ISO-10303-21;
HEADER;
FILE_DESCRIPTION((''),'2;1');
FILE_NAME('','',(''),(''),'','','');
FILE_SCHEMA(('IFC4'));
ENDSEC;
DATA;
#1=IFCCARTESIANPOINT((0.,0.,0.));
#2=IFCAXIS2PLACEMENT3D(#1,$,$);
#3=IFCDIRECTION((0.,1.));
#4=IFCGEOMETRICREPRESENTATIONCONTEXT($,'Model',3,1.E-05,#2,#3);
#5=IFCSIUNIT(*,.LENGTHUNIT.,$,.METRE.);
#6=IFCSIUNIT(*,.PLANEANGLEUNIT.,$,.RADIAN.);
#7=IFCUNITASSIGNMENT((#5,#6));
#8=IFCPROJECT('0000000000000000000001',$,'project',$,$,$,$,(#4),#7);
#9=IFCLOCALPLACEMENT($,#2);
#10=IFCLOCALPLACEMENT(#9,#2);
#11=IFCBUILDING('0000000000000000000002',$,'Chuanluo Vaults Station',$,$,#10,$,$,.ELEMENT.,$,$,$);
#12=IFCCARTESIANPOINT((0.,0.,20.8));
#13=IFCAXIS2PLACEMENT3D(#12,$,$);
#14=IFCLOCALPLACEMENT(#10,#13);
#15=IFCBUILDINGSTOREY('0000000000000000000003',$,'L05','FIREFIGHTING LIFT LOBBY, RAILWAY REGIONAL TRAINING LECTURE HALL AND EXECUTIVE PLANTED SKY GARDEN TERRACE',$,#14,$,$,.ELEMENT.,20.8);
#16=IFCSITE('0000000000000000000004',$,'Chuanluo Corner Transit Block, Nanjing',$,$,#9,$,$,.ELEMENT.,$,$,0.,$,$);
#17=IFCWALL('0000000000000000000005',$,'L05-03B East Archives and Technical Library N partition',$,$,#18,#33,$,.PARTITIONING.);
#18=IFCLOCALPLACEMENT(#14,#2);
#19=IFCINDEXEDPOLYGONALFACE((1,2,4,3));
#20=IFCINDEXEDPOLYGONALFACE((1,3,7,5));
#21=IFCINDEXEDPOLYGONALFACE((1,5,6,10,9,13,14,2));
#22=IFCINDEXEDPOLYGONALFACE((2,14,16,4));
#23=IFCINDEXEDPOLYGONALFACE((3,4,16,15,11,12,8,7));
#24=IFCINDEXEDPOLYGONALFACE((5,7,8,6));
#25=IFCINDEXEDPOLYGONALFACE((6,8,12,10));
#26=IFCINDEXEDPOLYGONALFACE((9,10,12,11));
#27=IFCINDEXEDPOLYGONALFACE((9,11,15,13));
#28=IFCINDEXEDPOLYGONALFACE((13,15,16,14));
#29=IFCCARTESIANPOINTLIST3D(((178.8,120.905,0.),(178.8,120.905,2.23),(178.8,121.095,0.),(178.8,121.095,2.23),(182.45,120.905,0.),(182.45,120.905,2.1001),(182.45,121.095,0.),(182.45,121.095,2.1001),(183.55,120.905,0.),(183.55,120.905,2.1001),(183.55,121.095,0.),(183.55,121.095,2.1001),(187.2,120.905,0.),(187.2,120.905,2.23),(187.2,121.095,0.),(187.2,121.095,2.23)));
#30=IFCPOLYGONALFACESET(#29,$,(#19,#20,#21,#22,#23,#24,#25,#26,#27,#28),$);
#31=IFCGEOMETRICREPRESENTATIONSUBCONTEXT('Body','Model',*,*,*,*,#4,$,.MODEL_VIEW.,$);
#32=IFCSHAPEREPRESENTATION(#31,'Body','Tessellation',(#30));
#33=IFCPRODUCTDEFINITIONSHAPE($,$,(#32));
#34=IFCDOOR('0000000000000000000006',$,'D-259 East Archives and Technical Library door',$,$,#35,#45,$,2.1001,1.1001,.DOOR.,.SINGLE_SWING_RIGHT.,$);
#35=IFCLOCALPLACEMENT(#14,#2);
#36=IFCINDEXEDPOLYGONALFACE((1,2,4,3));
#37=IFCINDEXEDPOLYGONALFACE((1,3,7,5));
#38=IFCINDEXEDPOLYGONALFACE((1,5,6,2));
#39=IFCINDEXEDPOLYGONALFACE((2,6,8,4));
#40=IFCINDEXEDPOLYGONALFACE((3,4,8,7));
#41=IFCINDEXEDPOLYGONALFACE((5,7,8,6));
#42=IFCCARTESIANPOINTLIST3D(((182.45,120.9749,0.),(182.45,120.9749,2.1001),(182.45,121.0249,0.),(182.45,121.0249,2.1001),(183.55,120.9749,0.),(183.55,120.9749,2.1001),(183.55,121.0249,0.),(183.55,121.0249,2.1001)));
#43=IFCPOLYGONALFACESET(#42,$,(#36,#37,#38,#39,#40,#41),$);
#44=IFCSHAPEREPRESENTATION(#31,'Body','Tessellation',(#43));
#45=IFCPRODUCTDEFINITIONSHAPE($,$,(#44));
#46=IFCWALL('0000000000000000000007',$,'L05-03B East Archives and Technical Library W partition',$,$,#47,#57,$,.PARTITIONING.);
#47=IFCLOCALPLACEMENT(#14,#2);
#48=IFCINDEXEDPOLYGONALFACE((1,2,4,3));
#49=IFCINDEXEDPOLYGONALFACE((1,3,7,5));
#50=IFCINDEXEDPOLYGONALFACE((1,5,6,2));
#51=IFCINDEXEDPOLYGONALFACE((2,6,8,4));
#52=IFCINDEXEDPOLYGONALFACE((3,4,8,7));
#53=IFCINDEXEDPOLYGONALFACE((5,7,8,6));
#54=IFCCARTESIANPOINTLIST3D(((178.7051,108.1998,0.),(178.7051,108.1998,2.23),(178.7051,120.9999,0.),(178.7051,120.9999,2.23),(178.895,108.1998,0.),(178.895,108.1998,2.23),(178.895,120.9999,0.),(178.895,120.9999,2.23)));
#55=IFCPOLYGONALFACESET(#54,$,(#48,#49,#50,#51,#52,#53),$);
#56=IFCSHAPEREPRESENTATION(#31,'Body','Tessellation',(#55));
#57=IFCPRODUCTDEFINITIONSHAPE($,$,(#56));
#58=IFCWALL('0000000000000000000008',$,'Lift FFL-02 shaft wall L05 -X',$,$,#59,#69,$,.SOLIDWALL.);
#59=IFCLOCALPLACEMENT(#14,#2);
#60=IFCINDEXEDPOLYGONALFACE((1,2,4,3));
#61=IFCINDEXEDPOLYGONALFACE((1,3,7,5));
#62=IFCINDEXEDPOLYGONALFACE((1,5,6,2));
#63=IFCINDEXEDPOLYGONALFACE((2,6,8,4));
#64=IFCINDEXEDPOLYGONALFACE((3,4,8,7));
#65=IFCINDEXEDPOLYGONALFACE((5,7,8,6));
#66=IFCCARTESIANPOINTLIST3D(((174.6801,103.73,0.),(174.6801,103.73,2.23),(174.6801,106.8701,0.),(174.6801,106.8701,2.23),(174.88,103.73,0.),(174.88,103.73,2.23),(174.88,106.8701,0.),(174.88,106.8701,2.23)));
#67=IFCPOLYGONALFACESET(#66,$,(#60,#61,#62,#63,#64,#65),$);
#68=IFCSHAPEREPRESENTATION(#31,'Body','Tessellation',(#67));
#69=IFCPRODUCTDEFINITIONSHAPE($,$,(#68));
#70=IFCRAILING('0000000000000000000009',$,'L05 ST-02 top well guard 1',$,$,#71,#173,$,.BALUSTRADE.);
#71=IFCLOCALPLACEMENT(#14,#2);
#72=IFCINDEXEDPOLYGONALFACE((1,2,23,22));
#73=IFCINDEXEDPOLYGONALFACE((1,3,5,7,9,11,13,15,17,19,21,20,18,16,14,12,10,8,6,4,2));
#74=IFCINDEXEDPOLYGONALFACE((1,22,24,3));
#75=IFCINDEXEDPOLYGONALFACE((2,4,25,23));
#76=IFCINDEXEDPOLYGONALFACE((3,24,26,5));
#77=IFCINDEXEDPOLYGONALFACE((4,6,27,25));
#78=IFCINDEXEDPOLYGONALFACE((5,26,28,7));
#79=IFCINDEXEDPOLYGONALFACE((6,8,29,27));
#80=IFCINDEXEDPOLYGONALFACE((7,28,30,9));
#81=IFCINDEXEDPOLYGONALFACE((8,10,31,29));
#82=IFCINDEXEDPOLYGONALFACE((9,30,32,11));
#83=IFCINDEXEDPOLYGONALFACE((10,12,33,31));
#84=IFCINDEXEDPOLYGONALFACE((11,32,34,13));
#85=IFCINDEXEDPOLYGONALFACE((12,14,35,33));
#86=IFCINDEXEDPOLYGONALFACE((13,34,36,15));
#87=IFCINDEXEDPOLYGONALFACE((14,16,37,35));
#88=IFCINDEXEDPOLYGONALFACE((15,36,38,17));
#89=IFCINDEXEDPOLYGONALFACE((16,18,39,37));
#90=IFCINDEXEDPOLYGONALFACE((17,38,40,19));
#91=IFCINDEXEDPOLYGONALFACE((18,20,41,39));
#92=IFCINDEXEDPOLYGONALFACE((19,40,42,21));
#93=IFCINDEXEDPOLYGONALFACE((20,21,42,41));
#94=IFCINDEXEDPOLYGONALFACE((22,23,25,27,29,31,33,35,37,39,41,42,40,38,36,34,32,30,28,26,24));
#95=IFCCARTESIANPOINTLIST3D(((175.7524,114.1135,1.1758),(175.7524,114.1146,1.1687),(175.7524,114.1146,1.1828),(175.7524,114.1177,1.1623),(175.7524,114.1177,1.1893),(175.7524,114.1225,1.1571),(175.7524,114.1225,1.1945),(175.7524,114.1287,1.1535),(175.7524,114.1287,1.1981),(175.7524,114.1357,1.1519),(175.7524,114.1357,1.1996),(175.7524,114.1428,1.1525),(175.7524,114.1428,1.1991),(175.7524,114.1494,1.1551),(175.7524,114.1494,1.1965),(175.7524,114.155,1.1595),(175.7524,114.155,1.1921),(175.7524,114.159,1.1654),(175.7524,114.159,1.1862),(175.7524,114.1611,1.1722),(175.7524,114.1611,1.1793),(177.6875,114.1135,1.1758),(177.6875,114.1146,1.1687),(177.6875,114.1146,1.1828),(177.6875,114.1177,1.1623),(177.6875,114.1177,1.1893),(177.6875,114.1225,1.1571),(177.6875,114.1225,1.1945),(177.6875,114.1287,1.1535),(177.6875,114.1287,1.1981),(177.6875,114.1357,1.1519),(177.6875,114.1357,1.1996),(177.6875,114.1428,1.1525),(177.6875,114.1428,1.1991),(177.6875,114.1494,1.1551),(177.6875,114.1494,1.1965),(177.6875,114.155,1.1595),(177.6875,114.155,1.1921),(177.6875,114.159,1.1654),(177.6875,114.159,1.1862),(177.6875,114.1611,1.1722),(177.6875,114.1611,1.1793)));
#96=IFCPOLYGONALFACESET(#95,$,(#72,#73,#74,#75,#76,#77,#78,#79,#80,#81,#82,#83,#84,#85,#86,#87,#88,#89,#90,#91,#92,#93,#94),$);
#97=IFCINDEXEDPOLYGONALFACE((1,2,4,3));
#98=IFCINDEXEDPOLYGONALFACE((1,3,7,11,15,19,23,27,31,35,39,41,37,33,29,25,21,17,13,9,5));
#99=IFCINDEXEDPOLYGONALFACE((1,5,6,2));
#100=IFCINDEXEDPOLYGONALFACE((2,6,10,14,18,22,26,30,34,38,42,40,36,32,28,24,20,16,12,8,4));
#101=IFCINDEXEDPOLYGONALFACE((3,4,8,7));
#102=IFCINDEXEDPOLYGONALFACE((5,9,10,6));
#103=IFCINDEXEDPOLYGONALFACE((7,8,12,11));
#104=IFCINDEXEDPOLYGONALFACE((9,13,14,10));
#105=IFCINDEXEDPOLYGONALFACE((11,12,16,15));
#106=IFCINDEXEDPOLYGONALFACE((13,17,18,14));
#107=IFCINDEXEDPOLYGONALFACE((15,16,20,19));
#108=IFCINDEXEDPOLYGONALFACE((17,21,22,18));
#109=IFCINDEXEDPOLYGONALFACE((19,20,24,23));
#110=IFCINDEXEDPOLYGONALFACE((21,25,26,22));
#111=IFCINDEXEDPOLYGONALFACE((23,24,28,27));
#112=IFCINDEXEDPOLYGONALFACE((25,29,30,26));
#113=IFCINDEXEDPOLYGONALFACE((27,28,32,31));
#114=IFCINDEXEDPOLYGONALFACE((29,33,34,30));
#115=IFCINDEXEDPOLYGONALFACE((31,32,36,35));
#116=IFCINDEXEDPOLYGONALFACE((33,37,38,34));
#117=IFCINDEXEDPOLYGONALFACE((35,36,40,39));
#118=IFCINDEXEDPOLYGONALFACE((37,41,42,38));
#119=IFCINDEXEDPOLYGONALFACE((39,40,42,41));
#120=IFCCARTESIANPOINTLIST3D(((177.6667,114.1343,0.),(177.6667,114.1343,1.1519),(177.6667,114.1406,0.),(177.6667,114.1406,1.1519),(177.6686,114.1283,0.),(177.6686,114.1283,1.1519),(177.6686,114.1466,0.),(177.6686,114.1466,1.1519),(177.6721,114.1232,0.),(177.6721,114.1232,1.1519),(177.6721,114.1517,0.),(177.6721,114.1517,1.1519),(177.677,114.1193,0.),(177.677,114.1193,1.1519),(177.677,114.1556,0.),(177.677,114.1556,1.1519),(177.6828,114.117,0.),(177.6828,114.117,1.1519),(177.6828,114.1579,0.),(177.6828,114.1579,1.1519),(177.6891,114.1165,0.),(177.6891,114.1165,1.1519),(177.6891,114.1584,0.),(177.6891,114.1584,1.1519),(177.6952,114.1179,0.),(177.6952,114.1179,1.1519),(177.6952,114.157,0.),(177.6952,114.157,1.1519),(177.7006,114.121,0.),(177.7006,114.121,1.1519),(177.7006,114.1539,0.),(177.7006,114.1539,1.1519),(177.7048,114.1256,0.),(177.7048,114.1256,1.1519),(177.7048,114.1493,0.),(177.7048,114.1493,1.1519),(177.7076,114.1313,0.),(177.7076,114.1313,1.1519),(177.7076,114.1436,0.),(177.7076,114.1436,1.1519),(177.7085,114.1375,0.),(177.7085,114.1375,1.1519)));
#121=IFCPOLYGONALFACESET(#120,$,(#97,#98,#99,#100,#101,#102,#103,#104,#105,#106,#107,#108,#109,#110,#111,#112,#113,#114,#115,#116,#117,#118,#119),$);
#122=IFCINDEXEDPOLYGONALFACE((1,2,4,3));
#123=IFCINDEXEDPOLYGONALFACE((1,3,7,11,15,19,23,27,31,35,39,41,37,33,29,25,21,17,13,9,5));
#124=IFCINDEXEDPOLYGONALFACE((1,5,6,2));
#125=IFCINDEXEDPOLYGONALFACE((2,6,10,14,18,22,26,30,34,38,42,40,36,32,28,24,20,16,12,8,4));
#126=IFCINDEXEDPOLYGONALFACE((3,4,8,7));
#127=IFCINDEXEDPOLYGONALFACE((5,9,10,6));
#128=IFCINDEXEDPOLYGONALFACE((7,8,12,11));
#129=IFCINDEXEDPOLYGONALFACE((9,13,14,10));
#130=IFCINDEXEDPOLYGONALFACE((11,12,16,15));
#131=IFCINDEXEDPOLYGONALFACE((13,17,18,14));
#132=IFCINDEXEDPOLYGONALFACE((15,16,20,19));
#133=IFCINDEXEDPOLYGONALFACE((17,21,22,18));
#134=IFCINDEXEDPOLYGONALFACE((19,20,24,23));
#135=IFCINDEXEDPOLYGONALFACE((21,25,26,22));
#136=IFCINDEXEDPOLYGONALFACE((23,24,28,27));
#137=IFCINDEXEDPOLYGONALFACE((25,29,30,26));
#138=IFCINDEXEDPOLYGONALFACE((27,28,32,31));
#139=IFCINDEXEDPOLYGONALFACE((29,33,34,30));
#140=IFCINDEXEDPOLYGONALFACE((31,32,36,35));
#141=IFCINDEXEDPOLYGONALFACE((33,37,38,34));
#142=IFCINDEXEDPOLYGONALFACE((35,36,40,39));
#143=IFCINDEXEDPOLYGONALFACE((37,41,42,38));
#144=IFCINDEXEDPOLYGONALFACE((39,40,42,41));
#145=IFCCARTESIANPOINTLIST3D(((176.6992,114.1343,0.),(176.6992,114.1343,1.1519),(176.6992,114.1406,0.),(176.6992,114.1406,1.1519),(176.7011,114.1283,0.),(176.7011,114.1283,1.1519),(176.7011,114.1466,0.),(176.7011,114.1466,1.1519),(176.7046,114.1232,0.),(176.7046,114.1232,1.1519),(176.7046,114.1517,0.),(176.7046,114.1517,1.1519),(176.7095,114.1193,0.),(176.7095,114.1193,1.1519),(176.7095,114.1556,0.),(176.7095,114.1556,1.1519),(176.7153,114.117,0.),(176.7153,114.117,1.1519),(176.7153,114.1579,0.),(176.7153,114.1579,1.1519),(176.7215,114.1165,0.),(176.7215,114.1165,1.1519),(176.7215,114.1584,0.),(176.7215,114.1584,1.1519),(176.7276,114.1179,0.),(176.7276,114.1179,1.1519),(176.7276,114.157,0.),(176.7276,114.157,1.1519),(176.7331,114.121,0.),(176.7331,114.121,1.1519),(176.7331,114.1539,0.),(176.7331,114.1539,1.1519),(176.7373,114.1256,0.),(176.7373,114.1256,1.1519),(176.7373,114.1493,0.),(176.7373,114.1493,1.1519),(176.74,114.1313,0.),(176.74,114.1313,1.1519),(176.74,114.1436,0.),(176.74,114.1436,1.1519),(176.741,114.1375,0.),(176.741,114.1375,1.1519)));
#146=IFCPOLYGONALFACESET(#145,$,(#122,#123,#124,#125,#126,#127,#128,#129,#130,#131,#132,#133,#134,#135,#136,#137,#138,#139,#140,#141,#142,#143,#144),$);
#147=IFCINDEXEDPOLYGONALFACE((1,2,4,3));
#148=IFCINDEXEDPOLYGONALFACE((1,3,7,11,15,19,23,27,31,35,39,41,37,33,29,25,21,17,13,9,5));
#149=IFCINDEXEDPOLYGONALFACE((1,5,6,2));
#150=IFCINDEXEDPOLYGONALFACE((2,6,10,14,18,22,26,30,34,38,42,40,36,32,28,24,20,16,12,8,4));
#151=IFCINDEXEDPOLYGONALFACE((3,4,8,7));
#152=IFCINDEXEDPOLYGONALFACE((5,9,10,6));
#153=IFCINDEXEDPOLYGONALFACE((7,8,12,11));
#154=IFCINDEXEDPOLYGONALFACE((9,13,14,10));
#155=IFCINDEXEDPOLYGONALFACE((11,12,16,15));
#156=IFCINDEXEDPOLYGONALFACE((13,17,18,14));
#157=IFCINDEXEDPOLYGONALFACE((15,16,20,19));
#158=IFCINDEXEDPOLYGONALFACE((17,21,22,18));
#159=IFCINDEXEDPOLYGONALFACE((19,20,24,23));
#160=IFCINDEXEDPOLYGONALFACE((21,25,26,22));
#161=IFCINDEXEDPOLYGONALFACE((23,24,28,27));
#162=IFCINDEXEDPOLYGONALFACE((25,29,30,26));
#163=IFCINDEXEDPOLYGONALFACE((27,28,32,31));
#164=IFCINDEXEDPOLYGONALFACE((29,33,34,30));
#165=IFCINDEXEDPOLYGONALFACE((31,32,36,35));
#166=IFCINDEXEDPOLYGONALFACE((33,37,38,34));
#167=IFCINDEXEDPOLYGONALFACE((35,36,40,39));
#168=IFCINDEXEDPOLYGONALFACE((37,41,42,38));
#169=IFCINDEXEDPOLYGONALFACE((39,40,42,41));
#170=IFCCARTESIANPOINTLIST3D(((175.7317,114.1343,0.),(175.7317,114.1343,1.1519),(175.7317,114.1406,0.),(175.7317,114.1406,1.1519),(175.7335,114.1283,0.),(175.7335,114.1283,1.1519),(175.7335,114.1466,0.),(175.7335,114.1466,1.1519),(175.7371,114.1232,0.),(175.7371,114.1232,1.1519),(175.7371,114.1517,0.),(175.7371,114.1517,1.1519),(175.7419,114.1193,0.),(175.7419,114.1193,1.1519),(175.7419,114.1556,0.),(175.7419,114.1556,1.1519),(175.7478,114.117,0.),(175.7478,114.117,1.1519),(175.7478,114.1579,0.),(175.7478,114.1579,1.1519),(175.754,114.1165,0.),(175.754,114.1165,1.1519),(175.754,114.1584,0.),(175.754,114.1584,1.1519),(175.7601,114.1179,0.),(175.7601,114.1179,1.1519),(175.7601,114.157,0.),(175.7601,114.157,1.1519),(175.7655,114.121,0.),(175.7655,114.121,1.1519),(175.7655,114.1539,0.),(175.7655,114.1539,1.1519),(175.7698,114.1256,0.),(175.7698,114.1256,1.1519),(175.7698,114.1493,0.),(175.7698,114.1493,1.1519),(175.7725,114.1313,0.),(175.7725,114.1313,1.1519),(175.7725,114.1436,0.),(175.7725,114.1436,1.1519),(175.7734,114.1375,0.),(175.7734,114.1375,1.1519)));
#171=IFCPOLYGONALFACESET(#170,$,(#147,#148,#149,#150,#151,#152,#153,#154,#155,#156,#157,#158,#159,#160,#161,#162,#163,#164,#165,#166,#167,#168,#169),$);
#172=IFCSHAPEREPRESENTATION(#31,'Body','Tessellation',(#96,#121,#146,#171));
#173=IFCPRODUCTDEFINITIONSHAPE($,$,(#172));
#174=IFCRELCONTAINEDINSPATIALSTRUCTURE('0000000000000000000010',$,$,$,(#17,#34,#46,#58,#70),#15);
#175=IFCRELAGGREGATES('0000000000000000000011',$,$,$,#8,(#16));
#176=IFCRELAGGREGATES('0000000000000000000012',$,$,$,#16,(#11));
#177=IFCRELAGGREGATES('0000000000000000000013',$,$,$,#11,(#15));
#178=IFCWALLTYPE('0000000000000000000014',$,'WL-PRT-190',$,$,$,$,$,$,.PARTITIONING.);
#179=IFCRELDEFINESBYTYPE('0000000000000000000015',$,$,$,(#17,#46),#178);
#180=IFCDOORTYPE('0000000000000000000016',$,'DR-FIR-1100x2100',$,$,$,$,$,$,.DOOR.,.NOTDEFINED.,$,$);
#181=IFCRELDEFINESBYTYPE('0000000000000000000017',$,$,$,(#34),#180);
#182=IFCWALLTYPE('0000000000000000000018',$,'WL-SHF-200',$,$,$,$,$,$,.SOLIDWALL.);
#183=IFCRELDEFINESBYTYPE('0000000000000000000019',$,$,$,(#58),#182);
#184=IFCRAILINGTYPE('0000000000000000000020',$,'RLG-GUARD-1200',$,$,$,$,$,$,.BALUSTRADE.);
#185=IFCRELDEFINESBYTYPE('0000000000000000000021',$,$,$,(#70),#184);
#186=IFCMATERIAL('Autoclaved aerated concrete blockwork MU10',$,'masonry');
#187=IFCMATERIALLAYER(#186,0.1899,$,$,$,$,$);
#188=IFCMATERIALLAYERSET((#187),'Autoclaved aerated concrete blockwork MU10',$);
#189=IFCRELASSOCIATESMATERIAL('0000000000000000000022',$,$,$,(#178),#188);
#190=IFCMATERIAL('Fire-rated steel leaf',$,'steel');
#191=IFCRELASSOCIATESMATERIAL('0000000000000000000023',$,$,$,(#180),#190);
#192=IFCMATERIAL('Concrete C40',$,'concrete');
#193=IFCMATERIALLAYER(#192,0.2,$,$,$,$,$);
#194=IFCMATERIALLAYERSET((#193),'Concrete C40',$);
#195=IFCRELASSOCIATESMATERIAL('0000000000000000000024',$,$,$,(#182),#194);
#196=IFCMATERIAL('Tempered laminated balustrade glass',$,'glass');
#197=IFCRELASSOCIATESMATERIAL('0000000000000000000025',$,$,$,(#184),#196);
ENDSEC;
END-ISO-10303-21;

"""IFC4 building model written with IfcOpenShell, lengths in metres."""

from ifc_helpers import new_model, si_unit, direction, frame, frame_2d, origin, origin_2d, place, context, subcontext, project, spatial, rectangle, circle, extrude, material, layer, layer_set, type_object, element, fill, save


model = new_model("IFC4")

# Units and contexts
model_context = context("Model", 3, precision=1e-05, world=origin(), true_north=direction((0.0, 1.0)))
body_context = subcontext(model_context, "Body", "Model", "MODEL_VIEW")
ifc_project = project(units=[si_unit("LENGTHUNIT", "METRE"), si_unit("PLANEANGLEUNIT", "RADIAN")], contexts=[model_context])

# Site, building, storey
site_placement = place(None, origin())
site = spatial("IfcSite", under=ifc_project, at=site_placement, Name="Chuanluo Corner Transit Block, Nanjing", CompositionType="ELEMENT", RefElevation=0.0)
building_placement = place(site_placement, origin())
building = spatial("IfcBuilding", under=site, at=building_placement, Name="Chuanluo Vaults Station", CompositionType="ELEMENT")
storey_placement = place(building_placement, frame((0.0, 0.0, 20.8)))
storey = spatial("IfcBuildingStorey", under=building, at=storey_placement, Name="L05", Description="FIREFIGHTING LIFT LOBBY, RAILWAY REGIONAL TRAINING LECTURE HALL AND EXECUTIVE PLANTED SKY GARDEN TERRACE", CompositionType="ELEMENT", Elevation=20.8)

# Wall, opening, door
ifc_material_1 = material(Name="Autoclaved aerated concrete blockwork MU10", Category="masonry")
ifc_layer_1 = layer(ifc_material_1, 0.1899)
ifc_layer_set_1 = layer_set([ifc_layer_1], Name="Autoclaved aerated concrete blockwork MU10")
wall_type_1 = type_object("IfcWallType", Name="WL-PRT-190", PredefinedType="PARTITIONING", material=ifc_layer_set_1)
wall_1_placement = place(storey_placement, frame((178.8, 121.0, 0.0), z_axis=(0.0, 0.0, 1.0), x_axis=(1.0, 0.0, 0.0)))
wall_1 = element("IfcWall", 1, at=wall_1_placement, inside=storey, type_object=wall_type_1, Name="L05-03B East Archives and Technical Library N partition", PredefinedType="PARTITIONING", context=body_context, shape_type="SweptSolid", body=[
    extrude(rectangle(XDim=8.3999, YDim=0.1899, at=frame_2d((4.2, 0.0))), origin(), (0.0, 0.0, 1.0), 2.23),
])
opening_1_placement = place(wall_1_placement, frame((3.6499, 0.0, 0.0)))
opening_1 = element("IfcOpeningElement", 2, at=opening_1_placement, cuts=wall_1, PredefinedType="OPENING", context=body_context, shape_type="SweptSolid", body=[
    extrude(rectangle(XDim=1.1001, YDim=2.1001, at=frame_2d((0.55, 1.05))), frame((0.0, 0.105, 0.0), z_axis=(0.0, -1.0, 0.0), x_axis=(1.0, 0.0, 0.0)), (0.0, 0.0, 1.0), 0.2099),
])
ifc_material_2 = material(Name="Fire-rated steel leaf", Category="steel")
door_type_1 = type_object("IfcDoorType", Name="DR-FIR-1100x2100", OperationType="NOTDEFINED", PredefinedType="DOOR", material=ifc_material_2)
door_1_placement = place(opening_1_placement, origin())
door_1 = element("IfcDoor", 3, at=door_1_placement, inside=storey, type_object=door_type_1, Name="D-259 East Archives and Technical Library door", OperationType="SINGLE_SWING_RIGHT", OverallHeight=2.1001, OverallWidth=1.1001, PredefinedType="DOOR", context=body_context, shape_type="SweptSolid", body=[
    extrude(rectangle(XDim=1.1001, YDim=2.1001, at=frame_2d((0.55, 1.05))), frame((0.0, 0.0249, 0.0), z_axis=(0.0, -1.0, 0.0), x_axis=(1.0, 0.0, 0.0)), (0.0, 0.0, 1.0), 0.05),
])
fill(opening_1, door_1)

# Wall
wall_2_placement = place(storey_placement, frame((178.8, 108.2, 0.0), z_axis=(0.0, 0.0, 1.0), x_axis=(0.0, 1.0, 0.0)))
element("IfcWall", 4, at=wall_2_placement, inside=storey, type_object=wall_type_1, Name="L05-03B East Archives and Technical Library W partition", PredefinedType="PARTITIONING", context=body_context, shape_type="SweptSolid", body=[
    extrude(rectangle(XDim=12.8, YDim=0.1899, at=frame_2d((6.3999, 0.0))), origin(), (0.0, 0.0, 1.0), 2.23),
])

# Shared definitions
ifc_material_3 = material(Name="Concrete C40", Category="concrete")
ifc_layer_2 = layer(ifc_material_3, 0.2)
ifc_layer_set_2 = layer_set([ifc_layer_2], Name="Concrete C40")
wall_type_2 = type_object("IfcWallType", Name="WL-SHF-200", PredefinedType="SOLIDWALL", material=ifc_layer_set_2)

# Wall
wall_3_placement = place(storey_placement, frame((174.78, 106.8701, 0.0), z_axis=(0.0, 0.0, 1.0), x_axis=(0.0, -1.0, 0.0)))
element("IfcWall", 5, at=wall_3_placement, inside=storey, type_object=wall_type_2, Name="Lift FFL-02 shaft wall L05 -X", PredefinedType="SOLIDWALL", context=body_context, shape_type="SweptSolid", body=[
    extrude(rectangle(XDim=3.1401, YDim=0.2, at=frame_2d((1.5701, 0.0))), origin(), (0.0, 0.0, 1.0), 2.23),
])

# Railing
ifc_material_4 = material(Name="Tempered laminated balustrade glass", Category="glass")
railing_type = type_object("IfcRailingType", Name="RLG-GUARD-1200", PredefinedType="BALUSTRADE", material=ifc_material_4)
railing_placement = place(storey_placement, frame((177.6875, 114.1375, 0.0)))
element("IfcRailing", 6, at=railing_placement, inside=storey, type_object=railing_type, Name="L05 ST-02 top well guard 1", PredefinedType="BALUSTRADE", context=body_context, shape_type="SweptSolid", body=[
    extrude(circle(Radius=0.0239, at=origin_2d()), frame((0.0, 0.0, 1.1758), z_axis=(-1.0, 0.0, 0.0), x_axis=(0.0, -1.0, 0.0)), (0.0, 0.0, 1.0), 1.9351),
    extrude(circle(Radius=0.021, at=origin_2d()), origin(), (0.0, 0.0, 1.0), 1.1519),
    extrude(circle(Radius=0.021, at=origin_2d()), frame((-0.9675, 0.0, 0.0)), (0.0, 0.0, 1.0), 1.1519),
    extrude(circle(Radius=0.021, at=origin_2d()), frame((-1.9351, 0.0, 0.0)), (0.0, 0.0, 1.0), 1.1519),
])

save(model, "model.ifc")
